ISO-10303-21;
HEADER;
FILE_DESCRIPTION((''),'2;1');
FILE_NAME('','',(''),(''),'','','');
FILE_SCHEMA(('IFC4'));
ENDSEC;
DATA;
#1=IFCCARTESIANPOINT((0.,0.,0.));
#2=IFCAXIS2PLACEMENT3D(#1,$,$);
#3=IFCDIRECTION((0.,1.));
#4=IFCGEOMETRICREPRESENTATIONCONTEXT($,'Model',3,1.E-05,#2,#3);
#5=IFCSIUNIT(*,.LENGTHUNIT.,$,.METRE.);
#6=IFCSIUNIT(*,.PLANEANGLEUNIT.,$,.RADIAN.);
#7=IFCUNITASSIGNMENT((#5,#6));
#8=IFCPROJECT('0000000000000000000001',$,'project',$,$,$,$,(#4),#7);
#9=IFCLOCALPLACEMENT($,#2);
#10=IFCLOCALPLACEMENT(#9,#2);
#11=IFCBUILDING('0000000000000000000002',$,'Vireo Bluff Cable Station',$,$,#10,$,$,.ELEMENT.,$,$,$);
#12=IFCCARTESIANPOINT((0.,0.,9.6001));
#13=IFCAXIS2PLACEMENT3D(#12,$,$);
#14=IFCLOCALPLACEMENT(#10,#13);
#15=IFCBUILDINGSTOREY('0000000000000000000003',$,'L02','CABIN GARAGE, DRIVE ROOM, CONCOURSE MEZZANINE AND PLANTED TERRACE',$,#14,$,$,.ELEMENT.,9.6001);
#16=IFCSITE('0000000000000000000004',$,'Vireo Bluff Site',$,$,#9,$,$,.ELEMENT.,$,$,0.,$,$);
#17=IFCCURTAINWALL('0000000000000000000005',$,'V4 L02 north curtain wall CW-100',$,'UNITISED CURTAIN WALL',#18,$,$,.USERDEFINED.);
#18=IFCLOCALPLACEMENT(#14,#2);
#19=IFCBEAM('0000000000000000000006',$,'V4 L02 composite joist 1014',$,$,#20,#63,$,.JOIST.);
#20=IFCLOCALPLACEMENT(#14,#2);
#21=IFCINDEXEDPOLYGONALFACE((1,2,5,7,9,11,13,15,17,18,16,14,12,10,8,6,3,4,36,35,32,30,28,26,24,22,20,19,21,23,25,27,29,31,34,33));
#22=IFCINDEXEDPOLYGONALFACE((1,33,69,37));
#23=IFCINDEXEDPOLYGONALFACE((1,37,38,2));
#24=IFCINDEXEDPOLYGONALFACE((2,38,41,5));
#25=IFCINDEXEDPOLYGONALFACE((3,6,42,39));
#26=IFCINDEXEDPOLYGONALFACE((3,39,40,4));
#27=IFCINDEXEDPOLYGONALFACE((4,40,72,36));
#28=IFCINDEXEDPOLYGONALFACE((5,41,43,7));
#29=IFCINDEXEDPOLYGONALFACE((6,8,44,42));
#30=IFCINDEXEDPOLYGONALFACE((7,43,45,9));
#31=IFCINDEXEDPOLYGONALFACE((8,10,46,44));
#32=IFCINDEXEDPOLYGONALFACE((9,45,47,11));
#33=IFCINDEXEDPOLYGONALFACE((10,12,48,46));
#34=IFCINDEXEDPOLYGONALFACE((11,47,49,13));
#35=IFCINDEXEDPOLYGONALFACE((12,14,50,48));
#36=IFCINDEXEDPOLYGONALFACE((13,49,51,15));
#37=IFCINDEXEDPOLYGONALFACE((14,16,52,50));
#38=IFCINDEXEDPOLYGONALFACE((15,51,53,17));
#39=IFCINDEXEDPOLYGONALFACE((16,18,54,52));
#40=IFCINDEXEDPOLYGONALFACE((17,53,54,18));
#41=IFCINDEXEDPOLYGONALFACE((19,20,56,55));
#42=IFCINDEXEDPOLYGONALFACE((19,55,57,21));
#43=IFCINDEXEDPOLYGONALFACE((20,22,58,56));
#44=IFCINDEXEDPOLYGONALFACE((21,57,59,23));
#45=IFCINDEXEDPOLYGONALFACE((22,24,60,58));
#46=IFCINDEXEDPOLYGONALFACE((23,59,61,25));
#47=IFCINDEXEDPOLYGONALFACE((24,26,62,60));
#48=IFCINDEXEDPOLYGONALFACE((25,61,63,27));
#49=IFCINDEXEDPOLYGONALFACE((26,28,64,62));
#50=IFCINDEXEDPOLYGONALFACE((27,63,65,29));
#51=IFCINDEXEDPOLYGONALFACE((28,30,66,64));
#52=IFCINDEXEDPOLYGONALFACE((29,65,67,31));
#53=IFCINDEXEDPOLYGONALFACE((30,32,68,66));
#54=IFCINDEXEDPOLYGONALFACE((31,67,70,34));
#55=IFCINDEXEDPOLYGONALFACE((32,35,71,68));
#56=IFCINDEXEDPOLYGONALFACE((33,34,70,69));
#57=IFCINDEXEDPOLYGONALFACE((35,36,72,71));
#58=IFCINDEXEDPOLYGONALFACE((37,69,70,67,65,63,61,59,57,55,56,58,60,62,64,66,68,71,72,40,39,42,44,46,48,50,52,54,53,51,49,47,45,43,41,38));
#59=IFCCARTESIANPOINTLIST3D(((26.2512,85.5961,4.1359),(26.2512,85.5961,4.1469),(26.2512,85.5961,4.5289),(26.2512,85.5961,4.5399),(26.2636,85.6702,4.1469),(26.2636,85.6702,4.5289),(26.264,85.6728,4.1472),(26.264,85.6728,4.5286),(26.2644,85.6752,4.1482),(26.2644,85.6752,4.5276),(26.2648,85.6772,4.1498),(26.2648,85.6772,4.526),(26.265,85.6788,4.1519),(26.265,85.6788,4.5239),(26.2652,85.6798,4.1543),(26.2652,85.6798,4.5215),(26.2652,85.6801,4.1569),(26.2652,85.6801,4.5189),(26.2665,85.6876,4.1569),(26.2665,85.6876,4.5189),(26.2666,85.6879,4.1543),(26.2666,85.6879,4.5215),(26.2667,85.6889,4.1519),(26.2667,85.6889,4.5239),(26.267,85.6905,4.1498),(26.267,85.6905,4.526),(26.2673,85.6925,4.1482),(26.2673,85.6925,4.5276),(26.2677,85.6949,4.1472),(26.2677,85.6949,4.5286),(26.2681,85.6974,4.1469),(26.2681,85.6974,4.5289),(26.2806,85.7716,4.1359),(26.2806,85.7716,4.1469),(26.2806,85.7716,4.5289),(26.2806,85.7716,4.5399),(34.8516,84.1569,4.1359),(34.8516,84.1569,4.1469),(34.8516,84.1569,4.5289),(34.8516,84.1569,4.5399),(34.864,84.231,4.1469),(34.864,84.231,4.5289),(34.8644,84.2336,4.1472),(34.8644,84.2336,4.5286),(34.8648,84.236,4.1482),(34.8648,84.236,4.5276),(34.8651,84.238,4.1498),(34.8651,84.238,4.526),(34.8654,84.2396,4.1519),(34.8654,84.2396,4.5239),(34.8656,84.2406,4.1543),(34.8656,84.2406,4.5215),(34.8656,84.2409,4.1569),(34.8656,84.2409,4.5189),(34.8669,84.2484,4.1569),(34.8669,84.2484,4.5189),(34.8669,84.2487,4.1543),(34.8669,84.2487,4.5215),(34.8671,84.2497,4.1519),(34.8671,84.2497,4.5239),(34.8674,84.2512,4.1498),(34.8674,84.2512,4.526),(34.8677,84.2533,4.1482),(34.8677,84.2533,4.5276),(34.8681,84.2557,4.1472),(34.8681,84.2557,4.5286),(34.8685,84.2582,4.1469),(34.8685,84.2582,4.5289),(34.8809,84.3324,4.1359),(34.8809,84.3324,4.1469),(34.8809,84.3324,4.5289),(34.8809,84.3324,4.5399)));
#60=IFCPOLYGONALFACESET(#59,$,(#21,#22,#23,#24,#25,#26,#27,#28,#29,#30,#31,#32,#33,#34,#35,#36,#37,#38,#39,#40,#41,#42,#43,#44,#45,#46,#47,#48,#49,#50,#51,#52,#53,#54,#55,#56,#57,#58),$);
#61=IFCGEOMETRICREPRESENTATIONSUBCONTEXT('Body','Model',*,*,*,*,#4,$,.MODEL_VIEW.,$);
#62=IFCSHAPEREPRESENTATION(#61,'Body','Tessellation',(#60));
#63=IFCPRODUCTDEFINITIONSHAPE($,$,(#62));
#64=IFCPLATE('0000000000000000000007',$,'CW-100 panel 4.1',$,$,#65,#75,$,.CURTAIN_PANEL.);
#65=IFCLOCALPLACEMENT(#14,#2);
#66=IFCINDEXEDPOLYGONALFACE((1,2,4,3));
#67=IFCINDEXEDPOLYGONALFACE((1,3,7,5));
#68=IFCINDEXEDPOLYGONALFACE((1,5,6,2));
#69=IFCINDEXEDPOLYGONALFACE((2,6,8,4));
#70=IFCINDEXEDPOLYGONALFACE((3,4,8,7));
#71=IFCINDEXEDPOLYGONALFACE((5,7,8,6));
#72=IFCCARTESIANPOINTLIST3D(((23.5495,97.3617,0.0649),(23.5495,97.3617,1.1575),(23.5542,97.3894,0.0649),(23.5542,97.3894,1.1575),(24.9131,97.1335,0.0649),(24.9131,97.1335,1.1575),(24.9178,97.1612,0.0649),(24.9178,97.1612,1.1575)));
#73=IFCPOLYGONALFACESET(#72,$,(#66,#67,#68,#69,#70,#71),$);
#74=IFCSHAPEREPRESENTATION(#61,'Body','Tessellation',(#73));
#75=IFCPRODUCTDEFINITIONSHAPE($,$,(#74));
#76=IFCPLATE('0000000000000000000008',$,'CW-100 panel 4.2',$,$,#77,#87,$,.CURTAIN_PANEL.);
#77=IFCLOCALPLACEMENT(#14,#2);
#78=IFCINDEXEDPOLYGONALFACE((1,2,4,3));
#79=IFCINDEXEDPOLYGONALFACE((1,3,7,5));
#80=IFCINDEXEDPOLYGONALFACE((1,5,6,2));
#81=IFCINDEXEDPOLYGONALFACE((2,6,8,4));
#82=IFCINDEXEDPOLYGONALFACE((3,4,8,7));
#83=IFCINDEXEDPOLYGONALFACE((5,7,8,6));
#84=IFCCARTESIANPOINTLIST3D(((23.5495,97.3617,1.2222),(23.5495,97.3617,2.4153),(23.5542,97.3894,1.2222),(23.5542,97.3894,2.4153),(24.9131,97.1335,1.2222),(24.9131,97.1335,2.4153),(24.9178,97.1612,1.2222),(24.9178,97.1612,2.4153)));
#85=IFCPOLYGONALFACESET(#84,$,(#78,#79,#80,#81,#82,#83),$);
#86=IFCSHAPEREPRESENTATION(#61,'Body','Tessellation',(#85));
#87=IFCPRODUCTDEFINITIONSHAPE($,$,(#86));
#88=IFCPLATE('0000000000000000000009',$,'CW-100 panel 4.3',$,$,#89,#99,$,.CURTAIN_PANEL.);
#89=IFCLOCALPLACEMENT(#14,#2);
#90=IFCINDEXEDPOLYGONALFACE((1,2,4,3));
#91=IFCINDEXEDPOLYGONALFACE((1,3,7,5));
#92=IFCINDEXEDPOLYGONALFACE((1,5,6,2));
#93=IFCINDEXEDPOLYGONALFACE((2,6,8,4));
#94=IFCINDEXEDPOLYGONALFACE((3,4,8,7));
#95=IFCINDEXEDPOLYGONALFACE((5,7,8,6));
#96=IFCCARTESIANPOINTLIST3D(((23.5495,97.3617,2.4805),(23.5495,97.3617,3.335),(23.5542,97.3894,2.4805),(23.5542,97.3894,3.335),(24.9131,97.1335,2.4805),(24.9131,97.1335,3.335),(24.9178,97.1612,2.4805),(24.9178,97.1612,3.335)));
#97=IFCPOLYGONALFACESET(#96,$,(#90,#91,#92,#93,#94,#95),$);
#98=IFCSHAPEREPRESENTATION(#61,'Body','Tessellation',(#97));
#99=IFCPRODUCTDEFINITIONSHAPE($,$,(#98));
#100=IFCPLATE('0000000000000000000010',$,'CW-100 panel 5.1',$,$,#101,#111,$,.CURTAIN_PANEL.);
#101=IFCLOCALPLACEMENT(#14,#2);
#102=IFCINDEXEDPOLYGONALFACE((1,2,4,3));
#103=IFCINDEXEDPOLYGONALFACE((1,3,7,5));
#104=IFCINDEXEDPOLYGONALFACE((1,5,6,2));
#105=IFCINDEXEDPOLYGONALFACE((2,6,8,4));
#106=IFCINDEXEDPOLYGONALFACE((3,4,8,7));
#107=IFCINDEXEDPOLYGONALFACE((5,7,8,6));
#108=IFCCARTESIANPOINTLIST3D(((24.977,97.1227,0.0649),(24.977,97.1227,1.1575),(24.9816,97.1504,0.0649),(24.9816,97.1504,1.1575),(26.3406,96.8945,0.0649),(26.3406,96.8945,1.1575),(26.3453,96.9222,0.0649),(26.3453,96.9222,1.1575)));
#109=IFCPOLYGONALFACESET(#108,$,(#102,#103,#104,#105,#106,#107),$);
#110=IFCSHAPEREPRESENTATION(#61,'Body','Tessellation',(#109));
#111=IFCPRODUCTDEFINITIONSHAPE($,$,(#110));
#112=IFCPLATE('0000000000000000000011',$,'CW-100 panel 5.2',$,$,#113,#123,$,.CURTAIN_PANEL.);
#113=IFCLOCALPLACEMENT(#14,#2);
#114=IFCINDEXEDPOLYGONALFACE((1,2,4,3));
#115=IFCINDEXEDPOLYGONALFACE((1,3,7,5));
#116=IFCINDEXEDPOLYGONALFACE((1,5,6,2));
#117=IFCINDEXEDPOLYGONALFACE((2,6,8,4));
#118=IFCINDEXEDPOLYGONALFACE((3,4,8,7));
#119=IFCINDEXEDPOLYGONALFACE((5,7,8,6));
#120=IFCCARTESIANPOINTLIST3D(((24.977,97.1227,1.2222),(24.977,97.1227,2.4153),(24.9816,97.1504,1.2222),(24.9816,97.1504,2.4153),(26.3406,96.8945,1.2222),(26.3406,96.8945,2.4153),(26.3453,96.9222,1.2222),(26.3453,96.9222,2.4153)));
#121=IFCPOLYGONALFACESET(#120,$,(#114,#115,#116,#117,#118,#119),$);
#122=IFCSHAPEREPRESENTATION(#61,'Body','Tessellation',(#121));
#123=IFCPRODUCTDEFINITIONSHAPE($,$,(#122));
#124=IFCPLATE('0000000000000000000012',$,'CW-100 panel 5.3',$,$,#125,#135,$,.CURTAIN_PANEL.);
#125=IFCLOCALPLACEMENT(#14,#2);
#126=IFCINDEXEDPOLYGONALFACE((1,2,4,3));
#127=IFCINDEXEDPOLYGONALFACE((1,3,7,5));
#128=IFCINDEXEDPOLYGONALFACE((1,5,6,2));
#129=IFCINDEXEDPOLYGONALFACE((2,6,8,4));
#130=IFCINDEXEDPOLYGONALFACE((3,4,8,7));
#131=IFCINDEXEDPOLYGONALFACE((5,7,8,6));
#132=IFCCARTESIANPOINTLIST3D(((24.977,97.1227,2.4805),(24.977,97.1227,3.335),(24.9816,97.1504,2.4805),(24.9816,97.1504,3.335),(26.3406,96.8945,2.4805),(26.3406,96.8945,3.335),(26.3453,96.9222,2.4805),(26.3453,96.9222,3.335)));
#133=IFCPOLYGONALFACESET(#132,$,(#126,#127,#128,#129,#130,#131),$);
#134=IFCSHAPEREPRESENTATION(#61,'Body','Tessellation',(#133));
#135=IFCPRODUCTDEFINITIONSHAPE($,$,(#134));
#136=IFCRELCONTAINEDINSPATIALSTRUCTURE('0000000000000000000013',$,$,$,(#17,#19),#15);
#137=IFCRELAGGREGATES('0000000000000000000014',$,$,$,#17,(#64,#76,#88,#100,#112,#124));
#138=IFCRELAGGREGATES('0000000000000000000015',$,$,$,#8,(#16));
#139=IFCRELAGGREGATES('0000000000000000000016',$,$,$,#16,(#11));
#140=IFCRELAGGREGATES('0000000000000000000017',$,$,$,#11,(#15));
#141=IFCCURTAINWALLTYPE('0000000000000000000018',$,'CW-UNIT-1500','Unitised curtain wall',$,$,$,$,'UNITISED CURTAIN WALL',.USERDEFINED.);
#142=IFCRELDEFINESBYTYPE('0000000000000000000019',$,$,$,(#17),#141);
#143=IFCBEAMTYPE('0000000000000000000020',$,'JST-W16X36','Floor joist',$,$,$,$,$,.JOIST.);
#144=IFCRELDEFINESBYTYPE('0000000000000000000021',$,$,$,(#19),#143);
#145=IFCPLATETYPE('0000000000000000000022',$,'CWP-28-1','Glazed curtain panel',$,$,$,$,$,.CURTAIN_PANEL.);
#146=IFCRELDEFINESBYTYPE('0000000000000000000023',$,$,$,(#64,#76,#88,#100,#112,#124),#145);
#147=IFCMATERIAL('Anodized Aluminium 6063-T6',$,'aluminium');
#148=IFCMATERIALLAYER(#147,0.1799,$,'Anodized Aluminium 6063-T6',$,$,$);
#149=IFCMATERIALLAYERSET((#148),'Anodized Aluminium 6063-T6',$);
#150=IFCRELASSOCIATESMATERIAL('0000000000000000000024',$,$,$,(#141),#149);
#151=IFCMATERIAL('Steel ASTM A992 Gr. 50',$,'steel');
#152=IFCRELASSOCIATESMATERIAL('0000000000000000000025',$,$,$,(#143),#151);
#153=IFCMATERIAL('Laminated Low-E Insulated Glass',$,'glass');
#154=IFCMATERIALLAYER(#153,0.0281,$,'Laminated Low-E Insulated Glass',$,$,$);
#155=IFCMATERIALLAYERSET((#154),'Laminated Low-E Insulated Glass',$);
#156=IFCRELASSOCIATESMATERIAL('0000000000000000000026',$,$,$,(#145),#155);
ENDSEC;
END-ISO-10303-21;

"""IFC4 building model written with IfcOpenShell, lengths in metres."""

from ifc_helpers import new_model, si_unit, direction, frame, origin, origin_2d, place, context, subcontext, project, spatial, rectangle, i_section, extrude, material, layer, layer_set, material_profile, profile_set, type_object, element, aggregate, save


model = new_model("IFC4")

# Units and contexts
model_context = context("Model", 3, precision=1e-05, world=origin(), true_north=direction((0.0, 1.0)))
body_context = subcontext(model_context, "Body", "Model", "MODEL_VIEW")
ifc_project = project(units=[si_unit("LENGTHUNIT", "METRE"), si_unit("PLANEANGLEUNIT", "RADIAN")], contexts=[model_context])

# Site, building, storey
site_placement = place(None, origin())
site = spatial("IfcSite", under=ifc_project, at=site_placement, Name="Vireo Bluff Site", CompositionType="ELEMENT", RefElevation=0.0)
building_placement = place(site_placement, origin())
building = spatial("IfcBuilding", under=site, at=building_placement, Name="Vireo Bluff Cable Station", CompositionType="ELEMENT")
storey_placement = place(building_placement, frame((0.0, 0.0, 9.6001)))
storey = spatial("IfcBuildingStorey", under=building, at=storey_placement, Name="L02", Description="CABIN GARAGE, DRIVE ROOM, CONCOURSE MEZZANINE AND PLANTED TERRACE", CompositionType="ELEMENT", Elevation=9.6001)

# Shared definitions
ifc_material_1 = material(Name="Steel ASTM A992 Gr. 50", Category="steel")

# Curtain wall
ifc_material_2 = material(Name="Anodized Aluminium 6063-T6", Category="aluminium")
ifc_layer_1 = layer(ifc_material_2, 0.1799, Name="Anodized Aluminium 6063-T6")
ifc_layer_set_1 = layer_set([ifc_layer_1], Name="Anodized Aluminium 6063-T6")
curtain_wall_type = type_object("IfcCurtainWallType", Name="CW-UNIT-1500", Description="Unitised curtain wall", ElementType="UNITISED CURTAIN WALL", PredefinedType="USERDEFINED", material=ifc_layer_set_1)
curtain_wall_placement = place(storey_placement, origin())
curtain_wall = element("IfcCurtainWall", 1, at=curtain_wall_placement, inside=storey, type_object=curtain_wall_type, Name="V4 L02 north curtain wall CW-100", ObjectType="UNITISED CURTAIN WALL", PredefinedType="USERDEFINED")

# Beam
ifc_material_profile_1 = material_profile(ifc_material_1, i_section(OverallWidth=0.178, OverallDepth=0.4041, WebThickness=0.0076, FlangeThickness=0.011, FilletRadius=0.01, at=origin_2d()), Name="W16X36")
ifc_profile_set_1 = profile_set([ifc_material_profile_1], Name="Steel ASTM A992 Gr. 50")
beam_type_1 = type_object("IfcBeamType", Name="JST-W16X36", Description="Floor joist", PredefinedType="JOIST", material=ifc_profile_set_1)
for number, where, z_axis, x_axis, name in (
    (2, (26.2659, 85.6838, 4.3379), (0.986286, -0.165048, 0.0), (0.165048, 0.986286, 0.0), "V4 L02 composite joist 1014"),
):
    element("IfcBeam", number, at=place(storey_placement, frame(where, z_axis=z_axis, x_axis=x_axis)), inside=storey, type_object=beam_type_1, Name=name, PredefinedType="JOIST", context=body_context, shape_type="SweptSolid", body=[
        extrude(i_section(OverallWidth=0.178, OverallDepth=0.4041, WebThickness=0.0076, FlangeThickness=0.011, FilletRadius=0.01, at=origin_2d()), origin(), (0.0, 0.0, 1.0), 8.72),
    ])

# Plates
ifc_material_3 = material(Name="Laminated Low-E Insulated Glass", Category="glass")
ifc_layer_2 = layer(ifc_material_3, 0.0281, Name="Laminated Low-E Insulated Glass")
ifc_layer_set_2 = layer_set([ifc_layer_2], Name="Laminated Low-E Insulated Glass")
plate_type = type_object("IfcPlateType", Name="CWP-28-1", Description="Glazed curtain panel", PredefinedType="CURTAIN_PANEL", material=ifc_layer_set_2)
plate_1_placement = place(storey_placement, frame((24.2336, 97.2615, 0.0649), z_axis=(0.0, 0.0, 1.0), x_axis=(0.986286, -0.165048, 0.0)))
plate_1 = element("IfcPlate", 3, at=plate_1_placement, type_object=plate_type, Name="CW-100 panel 4.1", PredefinedType="CURTAIN_PANEL", context=body_context, shape_type="SweptSolid", body=[
    extrude(rectangle(XDim=1.3826, YDim=0.0281, at=origin_2d()), origin(), (0.0, 0.0, 1.0), 1.0925),
])
plate_2_placement = place(storey_placement, frame((24.2336, 97.2615, 1.2222), z_axis=(0.0, 0.0, 1.0), x_axis=(0.986286, -0.165048, 0.0)))
plate_2 = element("IfcPlate", 4, at=plate_2_placement, type_object=plate_type, Name="CW-100 panel 4.2", PredefinedType="CURTAIN_PANEL", context=body_context, shape_type="SweptSolid", body=[
    extrude(rectangle(XDim=1.3826, YDim=0.0281, at=origin_2d()), origin(), (0.0, 0.0, 1.0), 1.1931),
])
plate_3_placement = place(storey_placement, frame((24.2336, 97.2615, 2.4805), z_axis=(0.0, 0.0, 1.0), x_axis=(0.986286, -0.165048, 0.0)))
plate_3 = element("IfcPlate", 5, at=plate_3_placement, type_object=plate_type, Name="CW-100 panel 4.3", PredefinedType="CURTAIN_PANEL", context=body_context, shape_type="SweptSolid", body=[
    extrude(rectangle(XDim=1.3826, YDim=0.0281, at=origin_2d()), origin(), (0.0, 0.0, 1.0), 0.8545),
])
plate_4_placement = place(storey_placement, frame((25.6611, 97.0225, 0.0649), z_axis=(0.0, 0.0, 1.0), x_axis=(0.986286, -0.165048, 0.0)))
plate_4 = element("IfcPlate", 6, at=plate_4_placement, type_object=plate_type, Name="CW-100 panel 5.1", PredefinedType="CURTAIN_PANEL", context=body_context, shape_type="SweptSolid", body=[
    extrude(rectangle(XDim=1.3826, YDim=0.0281, at=origin_2d()), origin(), (0.0, 0.0, 1.0), 1.0925),
])
plate_5_placement = place(storey_placement, frame((25.6611, 97.0225, 1.2222), z_axis=(0.0, 0.0, 1.0), x_axis=(0.986286, -0.165048, 0.0)))
plate_5 = element("IfcPlate", 7, at=plate_5_placement, type_object=plate_type, Name="CW-100 panel 5.2", PredefinedType="CURTAIN_PANEL", context=body_context, shape_type="SweptSolid", body=[
    extrude(rectangle(XDim=1.3826, YDim=0.0281, at=origin_2d()), origin(), (0.0, 0.0, 1.0), 1.1931),
])
plate_6_placement = place(storey_placement, frame((25.6611, 97.0225, 2.4805), z_axis=(0.0, 0.0, 1.0), x_axis=(0.986286, -0.165048, 0.0)))
plate_6 = element("IfcPlate", 8, at=plate_6_placement, type_object=plate_type, Name="CW-100 panel 5.3", PredefinedType="CURTAIN_PANEL", context=body_context, shape_type="SweptSolid", body=[
    extrude(rectangle(XDim=1.3826, YDim=0.0281, at=origin_2d()), origin(), (0.0, 0.0, 1.0), 0.8545),
])
aggregate(curtain_wall, [plate_1, plate_2, plate_3, plate_4, plate_5, plate_6])

save(model, "model.ifc")
